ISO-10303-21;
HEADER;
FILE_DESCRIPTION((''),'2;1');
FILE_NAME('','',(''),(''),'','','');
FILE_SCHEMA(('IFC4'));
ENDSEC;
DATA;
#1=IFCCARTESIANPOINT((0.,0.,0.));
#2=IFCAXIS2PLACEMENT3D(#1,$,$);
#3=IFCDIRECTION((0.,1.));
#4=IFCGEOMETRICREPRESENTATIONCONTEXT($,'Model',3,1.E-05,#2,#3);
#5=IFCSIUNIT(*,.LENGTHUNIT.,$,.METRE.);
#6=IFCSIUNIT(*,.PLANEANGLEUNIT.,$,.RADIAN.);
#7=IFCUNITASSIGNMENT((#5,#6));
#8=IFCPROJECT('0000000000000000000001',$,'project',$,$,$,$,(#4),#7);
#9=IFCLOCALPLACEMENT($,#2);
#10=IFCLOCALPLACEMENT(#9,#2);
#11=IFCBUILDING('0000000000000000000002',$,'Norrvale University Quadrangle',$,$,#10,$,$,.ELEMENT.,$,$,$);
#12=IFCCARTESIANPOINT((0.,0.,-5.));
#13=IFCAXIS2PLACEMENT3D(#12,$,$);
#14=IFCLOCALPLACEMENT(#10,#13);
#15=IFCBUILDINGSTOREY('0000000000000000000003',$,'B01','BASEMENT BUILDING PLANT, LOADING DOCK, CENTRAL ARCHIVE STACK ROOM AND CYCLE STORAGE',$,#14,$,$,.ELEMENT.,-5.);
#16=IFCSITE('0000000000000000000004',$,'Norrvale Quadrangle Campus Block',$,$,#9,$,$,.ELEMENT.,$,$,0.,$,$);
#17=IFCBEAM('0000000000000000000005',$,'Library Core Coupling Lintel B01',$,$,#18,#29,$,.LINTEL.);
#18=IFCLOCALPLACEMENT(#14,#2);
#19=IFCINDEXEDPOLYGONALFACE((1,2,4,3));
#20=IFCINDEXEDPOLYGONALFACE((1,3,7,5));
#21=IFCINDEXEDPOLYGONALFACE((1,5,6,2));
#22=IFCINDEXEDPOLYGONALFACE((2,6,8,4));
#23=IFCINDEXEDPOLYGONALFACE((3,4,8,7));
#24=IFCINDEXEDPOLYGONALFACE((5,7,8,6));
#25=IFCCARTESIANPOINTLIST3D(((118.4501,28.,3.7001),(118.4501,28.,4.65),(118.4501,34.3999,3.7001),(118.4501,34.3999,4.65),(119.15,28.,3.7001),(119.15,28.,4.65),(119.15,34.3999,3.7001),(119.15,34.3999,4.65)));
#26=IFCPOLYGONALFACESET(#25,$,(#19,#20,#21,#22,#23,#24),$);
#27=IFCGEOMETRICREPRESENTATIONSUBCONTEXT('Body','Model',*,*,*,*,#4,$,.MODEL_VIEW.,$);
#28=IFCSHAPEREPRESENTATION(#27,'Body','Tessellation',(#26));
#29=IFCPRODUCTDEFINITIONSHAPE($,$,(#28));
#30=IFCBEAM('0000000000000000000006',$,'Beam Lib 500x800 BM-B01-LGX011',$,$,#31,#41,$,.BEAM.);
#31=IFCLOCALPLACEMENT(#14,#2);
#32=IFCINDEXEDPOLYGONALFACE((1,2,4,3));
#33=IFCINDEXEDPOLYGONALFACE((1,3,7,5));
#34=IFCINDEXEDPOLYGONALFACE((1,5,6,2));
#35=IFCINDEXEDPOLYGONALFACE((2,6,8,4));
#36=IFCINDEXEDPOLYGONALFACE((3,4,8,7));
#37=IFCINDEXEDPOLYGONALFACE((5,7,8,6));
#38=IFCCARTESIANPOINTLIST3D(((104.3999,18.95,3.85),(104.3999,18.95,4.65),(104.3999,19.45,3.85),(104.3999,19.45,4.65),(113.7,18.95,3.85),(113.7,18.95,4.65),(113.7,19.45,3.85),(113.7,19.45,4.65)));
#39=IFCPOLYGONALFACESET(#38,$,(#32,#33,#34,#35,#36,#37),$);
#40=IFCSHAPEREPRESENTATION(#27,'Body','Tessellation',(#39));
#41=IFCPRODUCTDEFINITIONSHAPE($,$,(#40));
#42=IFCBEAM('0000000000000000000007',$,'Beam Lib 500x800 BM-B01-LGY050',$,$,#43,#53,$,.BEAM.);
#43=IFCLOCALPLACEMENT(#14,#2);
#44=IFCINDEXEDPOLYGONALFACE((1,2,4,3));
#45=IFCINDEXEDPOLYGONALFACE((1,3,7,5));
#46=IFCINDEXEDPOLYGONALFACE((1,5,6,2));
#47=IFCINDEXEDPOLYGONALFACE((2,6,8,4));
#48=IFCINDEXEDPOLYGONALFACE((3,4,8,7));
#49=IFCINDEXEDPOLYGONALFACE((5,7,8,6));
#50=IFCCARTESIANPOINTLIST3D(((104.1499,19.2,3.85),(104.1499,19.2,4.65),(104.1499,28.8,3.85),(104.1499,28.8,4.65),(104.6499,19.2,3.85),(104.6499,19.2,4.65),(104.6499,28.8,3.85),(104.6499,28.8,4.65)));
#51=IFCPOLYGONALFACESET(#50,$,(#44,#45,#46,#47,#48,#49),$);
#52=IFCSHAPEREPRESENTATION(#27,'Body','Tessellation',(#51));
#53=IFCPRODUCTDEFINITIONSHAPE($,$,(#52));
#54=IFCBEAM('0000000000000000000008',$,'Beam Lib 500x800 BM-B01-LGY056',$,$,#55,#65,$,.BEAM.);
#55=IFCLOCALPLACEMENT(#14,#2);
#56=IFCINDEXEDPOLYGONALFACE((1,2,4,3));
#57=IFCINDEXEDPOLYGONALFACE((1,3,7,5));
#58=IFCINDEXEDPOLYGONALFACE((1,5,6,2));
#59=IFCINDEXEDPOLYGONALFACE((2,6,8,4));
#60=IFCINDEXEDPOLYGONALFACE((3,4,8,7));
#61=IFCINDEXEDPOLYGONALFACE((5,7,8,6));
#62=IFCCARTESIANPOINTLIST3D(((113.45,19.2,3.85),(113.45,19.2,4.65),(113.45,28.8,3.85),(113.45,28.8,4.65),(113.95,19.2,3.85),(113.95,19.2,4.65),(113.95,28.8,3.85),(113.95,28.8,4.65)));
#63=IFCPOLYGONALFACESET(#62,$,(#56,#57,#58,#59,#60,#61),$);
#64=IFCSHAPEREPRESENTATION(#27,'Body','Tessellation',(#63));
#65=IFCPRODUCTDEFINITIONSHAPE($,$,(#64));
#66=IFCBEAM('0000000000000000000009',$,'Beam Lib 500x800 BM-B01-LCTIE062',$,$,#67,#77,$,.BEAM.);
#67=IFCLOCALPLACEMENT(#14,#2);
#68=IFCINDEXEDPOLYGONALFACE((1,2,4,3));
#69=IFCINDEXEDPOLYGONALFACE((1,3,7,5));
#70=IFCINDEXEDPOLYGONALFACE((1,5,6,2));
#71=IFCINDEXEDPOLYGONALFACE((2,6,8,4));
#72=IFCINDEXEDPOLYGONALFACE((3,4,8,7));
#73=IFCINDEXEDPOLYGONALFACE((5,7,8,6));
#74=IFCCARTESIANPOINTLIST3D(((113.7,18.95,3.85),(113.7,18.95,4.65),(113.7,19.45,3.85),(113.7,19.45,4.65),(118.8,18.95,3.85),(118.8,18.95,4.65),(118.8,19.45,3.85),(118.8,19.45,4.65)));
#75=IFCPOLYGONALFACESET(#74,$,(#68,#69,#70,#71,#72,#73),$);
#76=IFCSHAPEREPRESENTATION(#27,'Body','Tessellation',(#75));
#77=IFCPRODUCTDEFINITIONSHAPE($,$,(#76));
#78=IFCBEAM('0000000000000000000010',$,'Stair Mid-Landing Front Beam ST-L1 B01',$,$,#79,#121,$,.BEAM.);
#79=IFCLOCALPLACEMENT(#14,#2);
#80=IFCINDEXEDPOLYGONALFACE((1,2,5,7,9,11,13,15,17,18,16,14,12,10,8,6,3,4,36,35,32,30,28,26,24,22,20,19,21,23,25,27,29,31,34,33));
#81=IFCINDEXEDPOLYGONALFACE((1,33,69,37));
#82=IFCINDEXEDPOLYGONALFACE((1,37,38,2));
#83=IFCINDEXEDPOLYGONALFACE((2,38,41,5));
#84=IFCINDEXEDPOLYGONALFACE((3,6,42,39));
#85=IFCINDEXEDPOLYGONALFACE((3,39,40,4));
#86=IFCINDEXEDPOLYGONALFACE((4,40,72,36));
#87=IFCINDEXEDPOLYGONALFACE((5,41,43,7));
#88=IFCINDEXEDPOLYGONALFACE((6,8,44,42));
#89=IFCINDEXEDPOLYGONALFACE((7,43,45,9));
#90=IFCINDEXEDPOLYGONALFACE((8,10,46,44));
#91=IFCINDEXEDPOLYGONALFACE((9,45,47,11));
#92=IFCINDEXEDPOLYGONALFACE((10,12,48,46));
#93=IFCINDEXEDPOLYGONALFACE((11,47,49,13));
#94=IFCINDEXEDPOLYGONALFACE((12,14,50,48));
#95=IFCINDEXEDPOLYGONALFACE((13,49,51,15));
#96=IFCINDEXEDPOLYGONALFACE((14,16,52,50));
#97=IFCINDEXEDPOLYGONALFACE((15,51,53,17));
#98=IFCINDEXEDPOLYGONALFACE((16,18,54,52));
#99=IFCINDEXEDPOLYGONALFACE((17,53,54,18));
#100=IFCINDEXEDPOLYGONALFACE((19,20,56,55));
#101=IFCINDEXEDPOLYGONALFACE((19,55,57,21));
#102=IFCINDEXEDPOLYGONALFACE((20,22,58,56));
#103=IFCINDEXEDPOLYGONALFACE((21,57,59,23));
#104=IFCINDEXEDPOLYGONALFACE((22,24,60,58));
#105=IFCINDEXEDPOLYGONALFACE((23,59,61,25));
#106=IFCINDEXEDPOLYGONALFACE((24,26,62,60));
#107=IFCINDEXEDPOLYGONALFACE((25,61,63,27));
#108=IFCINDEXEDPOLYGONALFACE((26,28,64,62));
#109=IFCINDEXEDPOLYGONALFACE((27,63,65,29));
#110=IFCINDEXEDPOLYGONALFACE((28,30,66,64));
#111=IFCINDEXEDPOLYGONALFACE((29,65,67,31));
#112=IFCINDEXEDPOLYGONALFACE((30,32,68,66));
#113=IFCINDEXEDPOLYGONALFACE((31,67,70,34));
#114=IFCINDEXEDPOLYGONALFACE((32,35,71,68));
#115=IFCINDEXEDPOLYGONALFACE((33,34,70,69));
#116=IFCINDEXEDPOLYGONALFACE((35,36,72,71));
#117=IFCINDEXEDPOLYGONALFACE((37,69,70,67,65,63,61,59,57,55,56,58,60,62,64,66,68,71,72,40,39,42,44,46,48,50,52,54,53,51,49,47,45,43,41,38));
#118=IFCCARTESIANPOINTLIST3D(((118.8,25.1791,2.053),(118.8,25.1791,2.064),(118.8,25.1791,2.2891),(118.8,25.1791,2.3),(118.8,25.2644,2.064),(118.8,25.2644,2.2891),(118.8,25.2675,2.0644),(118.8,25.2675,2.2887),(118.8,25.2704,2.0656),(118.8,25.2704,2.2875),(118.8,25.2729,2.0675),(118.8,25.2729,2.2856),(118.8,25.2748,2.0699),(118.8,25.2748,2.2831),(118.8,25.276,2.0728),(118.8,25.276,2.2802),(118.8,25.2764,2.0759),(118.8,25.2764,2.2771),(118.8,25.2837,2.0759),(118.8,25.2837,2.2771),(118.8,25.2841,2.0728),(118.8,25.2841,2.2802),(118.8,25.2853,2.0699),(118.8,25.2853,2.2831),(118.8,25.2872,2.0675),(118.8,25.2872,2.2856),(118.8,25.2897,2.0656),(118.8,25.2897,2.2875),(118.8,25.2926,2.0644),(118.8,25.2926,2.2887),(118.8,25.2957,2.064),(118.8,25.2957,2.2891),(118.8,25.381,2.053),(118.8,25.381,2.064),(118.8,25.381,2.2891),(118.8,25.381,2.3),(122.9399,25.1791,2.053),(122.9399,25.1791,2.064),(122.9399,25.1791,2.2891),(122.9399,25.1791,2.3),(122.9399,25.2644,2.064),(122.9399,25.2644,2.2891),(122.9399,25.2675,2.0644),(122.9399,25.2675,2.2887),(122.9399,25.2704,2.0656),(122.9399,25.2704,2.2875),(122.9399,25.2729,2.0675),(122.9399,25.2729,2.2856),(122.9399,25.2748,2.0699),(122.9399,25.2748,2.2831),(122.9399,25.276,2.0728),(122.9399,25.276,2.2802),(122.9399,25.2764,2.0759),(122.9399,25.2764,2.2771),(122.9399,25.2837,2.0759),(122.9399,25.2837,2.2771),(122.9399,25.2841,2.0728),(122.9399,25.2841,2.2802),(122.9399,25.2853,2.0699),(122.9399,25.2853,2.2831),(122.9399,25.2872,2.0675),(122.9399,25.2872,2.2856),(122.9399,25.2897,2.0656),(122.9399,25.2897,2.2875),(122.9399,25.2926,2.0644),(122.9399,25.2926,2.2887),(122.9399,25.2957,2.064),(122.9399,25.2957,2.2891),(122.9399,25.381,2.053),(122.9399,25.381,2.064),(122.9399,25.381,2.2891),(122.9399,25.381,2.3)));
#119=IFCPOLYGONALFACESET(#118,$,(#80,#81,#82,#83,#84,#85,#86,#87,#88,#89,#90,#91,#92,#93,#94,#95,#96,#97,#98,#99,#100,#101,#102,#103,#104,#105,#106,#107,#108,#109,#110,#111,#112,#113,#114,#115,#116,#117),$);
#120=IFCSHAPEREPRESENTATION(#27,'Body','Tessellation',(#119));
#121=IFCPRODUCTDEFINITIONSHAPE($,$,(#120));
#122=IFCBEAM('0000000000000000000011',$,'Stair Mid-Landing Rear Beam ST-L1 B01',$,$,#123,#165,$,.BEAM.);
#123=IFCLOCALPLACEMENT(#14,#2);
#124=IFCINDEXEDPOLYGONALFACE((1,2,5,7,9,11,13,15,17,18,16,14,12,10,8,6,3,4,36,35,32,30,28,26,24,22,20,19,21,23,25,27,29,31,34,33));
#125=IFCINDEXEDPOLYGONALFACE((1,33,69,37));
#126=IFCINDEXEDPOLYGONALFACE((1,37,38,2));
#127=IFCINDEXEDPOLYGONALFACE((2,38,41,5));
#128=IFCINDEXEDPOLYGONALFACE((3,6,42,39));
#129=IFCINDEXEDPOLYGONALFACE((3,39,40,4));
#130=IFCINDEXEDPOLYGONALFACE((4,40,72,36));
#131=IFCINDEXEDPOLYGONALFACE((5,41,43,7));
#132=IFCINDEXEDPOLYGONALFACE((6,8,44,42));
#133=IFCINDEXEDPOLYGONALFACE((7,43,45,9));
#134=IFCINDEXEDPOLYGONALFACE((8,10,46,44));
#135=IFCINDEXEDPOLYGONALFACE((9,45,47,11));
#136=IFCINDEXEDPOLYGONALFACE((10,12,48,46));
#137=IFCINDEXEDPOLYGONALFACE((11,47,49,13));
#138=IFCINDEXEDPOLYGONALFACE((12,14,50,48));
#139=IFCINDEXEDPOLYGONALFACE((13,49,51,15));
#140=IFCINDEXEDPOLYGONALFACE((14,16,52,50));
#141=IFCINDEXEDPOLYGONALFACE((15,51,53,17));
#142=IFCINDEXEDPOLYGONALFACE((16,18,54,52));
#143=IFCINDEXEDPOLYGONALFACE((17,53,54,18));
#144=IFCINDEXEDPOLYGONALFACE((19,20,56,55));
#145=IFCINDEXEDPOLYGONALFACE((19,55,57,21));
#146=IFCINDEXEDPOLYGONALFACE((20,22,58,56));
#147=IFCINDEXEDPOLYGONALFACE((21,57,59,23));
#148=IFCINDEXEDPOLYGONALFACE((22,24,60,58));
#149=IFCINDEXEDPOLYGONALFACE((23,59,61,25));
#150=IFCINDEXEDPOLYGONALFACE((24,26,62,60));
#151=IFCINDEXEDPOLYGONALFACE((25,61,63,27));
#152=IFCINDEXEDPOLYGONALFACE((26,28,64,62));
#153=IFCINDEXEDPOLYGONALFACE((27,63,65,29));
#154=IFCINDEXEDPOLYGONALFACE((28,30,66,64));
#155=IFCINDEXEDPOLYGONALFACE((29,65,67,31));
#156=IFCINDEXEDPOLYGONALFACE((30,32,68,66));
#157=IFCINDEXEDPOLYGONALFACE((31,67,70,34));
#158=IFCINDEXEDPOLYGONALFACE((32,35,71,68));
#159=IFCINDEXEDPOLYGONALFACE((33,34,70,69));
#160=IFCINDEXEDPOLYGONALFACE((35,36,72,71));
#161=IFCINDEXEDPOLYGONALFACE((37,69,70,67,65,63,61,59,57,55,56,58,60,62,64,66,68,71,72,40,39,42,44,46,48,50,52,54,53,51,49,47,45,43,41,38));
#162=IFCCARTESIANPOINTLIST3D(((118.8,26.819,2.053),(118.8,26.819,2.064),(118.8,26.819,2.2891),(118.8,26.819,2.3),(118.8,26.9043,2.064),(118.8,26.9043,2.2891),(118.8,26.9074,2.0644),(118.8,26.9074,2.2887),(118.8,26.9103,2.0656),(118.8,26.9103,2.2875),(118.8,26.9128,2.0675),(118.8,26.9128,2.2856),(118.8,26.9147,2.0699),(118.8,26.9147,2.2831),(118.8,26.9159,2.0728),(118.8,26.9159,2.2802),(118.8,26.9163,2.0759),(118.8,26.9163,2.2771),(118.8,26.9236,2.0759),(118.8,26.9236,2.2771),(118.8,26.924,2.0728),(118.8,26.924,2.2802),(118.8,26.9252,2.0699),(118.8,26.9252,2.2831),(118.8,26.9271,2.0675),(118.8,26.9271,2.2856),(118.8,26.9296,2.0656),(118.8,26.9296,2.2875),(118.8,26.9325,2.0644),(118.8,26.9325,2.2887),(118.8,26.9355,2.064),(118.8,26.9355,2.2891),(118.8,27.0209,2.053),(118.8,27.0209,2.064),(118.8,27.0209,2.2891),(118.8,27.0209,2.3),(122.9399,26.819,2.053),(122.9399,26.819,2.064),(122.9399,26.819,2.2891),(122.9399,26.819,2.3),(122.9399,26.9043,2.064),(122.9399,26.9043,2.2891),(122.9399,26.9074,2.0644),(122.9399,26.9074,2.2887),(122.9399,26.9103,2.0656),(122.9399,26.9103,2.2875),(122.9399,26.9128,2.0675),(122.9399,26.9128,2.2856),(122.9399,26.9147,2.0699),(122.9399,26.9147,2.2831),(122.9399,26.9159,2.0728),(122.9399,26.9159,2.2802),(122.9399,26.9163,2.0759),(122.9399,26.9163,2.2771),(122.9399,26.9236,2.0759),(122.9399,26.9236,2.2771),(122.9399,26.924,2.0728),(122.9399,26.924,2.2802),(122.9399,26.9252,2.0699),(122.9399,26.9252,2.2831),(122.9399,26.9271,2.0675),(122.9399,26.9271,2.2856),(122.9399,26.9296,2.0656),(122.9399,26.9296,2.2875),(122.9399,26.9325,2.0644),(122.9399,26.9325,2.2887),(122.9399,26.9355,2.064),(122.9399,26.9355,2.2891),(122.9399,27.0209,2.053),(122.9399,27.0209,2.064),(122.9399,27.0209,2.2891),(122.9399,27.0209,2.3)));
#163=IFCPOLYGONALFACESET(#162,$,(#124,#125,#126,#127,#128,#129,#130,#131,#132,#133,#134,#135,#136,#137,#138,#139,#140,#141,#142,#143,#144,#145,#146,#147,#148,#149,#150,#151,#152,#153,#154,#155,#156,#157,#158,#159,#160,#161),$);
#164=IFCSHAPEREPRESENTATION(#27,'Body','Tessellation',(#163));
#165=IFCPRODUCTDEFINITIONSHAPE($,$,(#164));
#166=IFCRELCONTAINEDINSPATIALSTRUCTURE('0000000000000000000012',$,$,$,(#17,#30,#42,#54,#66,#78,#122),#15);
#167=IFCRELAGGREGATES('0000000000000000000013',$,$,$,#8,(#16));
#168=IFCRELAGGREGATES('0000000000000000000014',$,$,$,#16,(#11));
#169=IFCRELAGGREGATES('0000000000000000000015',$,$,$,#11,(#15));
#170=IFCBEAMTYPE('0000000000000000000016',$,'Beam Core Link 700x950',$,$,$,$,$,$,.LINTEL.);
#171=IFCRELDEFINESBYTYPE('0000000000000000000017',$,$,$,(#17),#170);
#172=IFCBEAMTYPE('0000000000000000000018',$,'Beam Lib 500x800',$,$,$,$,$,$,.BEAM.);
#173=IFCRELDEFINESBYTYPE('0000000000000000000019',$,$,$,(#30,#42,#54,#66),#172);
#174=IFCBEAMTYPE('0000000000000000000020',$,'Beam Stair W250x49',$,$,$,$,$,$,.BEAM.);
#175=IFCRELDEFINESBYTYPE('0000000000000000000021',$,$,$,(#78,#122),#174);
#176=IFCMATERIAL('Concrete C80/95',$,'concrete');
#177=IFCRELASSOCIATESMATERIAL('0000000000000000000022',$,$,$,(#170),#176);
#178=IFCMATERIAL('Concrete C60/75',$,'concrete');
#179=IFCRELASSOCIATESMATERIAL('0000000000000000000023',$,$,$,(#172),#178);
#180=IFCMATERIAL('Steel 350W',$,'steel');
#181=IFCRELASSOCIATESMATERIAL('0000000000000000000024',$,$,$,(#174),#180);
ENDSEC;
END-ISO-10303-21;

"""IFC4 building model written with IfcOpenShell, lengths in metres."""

from ifc_helpers import new_model, si_unit, direction, frame, origin, origin_2d, place, context, subcontext, project, spatial, rectangle, i_section, extrude, material, material_profile, profile_set, type_object, element, save


model = new_model("IFC4")

# Units and contexts
model_context = context("Model", 3, precision=1e-05, world=origin(), true_north=direction((0.0, 1.0)))
body_context = subcontext(model_context, "Body", "Model", "MODEL_VIEW")
ifc_project = project(units=[si_unit("LENGTHUNIT", "METRE"), si_unit("PLANEANGLEUNIT", "RADIAN")], contexts=[model_context])

# Site, building, storey
site_placement = place(None, origin())
site = spatial("IfcSite", under=ifc_project, at=site_placement, Name="Norrvale Quadrangle Campus Block", CompositionType="ELEMENT", RefElevation=0.0)
building_placement = place(site_placement, origin())
building = spatial("IfcBuilding", under=site, at=building_placement, Name="Norrvale University Quadrangle", CompositionType="ELEMENT")
storey_placement = place(building_placement, frame((0.0, 0.0, -5.0)))
storey = spatial("IfcBuildingStorey", under=building, at=storey_placement, Name="B01", Description="BASEMENT BUILDING PLANT, LOADING DOCK, CENTRAL ARCHIVE STACK ROOM AND CYCLE STORAGE", CompositionType="ELEMENT", Elevation=-5.0)

# Shared definitions
ifc_material_1 = material(Name="Concrete C60/75", Category="concrete")

# Beams
ifc_material_2 = material(Name="Concrete C80/95", Category="concrete")
ifc_material_profile_1 = material_profile(ifc_material_2, rectangle(XDim=0.7, YDim=0.95, at=origin_2d()), Name="Concrete C80/95")
ifc_profile_set_1 = profile_set([ifc_material_profile_1], Name="Concrete C80/95")
beam_type_1 = type_object("IfcBeamType", Name="Beam Core Link 700x950", PredefinedType="LINTEL", material=ifc_profile_set_1)
beam_1_placement = place(storey_placement, frame((118.8, 28.0, 4.175), z_axis=(0.0, 1.0, 0.0), x_axis=(-1.0, 0.0, 0.0)))
element("IfcBeam", 1, at=beam_1_placement, inside=storey, type_object=beam_type_1, Name="Library Core Coupling Lintel B01", PredefinedType="LINTEL", context=body_context, shape_type="SweptSolid", body=[
    extrude(rectangle(XDim=0.7, YDim=0.95, at=origin_2d()), origin(), (0.0, 0.0, 1.0), 6.3999),
])
ifc_material_profile_2 = material_profile(ifc_material_1, rectangle(XDim=0.5, YDim=0.8, at=origin_2d()), Name="Concrete C60/75")
ifc_profile_set_2 = profile_set([ifc_material_profile_2], Name="Concrete C60/75")
beam_type_2 = type_object("IfcBeamType", Name="Beam Lib 500x800", PredefinedType="BEAM", material=ifc_profile_set_2)
beam_2_placement = place(storey_placement, frame((104.3999, 19.2, 4.25), z_axis=(1.0, 0.0, 0.0), x_axis=(0.0, 1.0, 0.0)))
element("IfcBeam", 2, at=beam_2_placement, inside=storey, type_object=beam_type_2, Name="Beam Lib 500x800 BM-B01-LGX011", PredefinedType="BEAM", context=body_context, shape_type="SweptSolid", body=[
    extrude(rectangle(XDim=0.5, YDim=0.8, at=origin_2d()), origin(), (0.0, 0.0, 1.0), 9.3),
])
for number, where, z_axis, x_axis, name in (
    (3, (104.3999, 19.2, 4.25), (0.0, 1.0, 0.0), (-1.0, 0.0, 0.0), "Beam Lib 500x800 BM-B01-LGY050"),
    (4, (113.7, 19.2, 4.25), (0.0, 1.0, 0.0), (-1.0, 0.0, 0.0), "Beam Lib 500x800 BM-B01-LGY056"),
):
    element("IfcBeam", number, at=place(storey_placement, frame(where, z_axis=z_axis, x_axis=x_axis)), inside=storey, type_object=beam_type_2, Name=name, PredefinedType="BEAM", context=body_context, shape_type="SweptSolid", body=[
        extrude(rectangle(XDim=0.5, YDim=0.8, at=origin_2d()), origin(), (0.0, 0.0, 1.0), 9.6001),
    ])
beam_3_placement = place(storey_placement, frame((113.7, 19.2, 4.25), z_axis=(1.0, 0.0, 0.0), x_axis=(0.0, 1.0, 0.0)))
element("IfcBeam", 5, at=beam_3_placement, inside=storey, type_object=beam_type_2, Name="Beam Lib 500x800 BM-B01-LCTIE062", PredefinedType="BEAM", context=body_context, shape_type="SweptSolid", body=[
    extrude(rectangle(XDim=0.5, YDim=0.8, at=origin_2d()), origin(), (0.0, 0.0, 1.0), 5.1001),
])
ifc_material_3 = material(Name="Steel 350W", Category="steel")
ifc_material_profile_3 = material_profile(ifc_material_3, i_section(OverallWidth=0.2019, OverallDepth=0.2471, WebThickness=0.0073, FlangeThickness=0.011, FilletRadius=0.012, at=origin_2d()), Name="Steel 350W")
ifc_profile_set_3 = profile_set([ifc_material_profile_3], Name="Steel 350W")
beam_type_3 = type_object("IfcBeamType", Name="Beam Stair W250x49", PredefinedType="BEAM", material=ifc_profile_set_3)
for number, where, z_axis, x_axis, name in (
    (6, (118.8, 25.28, 2.1765), (1.0, 0.0, 0.0), (0.0, 1.0, 0.0), "Stair Mid-Landing Front Beam ST-L1 B01"),
    (7, (118.8, 26.9199, 2.1765), (1.0, 0.0, 0.0), (0.0, 1.0, 0.0), "Stair Mid-Landing Rear Beam ST-L1 B01"),
):
    element("IfcBeam", number, at=place(storey_placement, frame(where, z_axis=z_axis, x_axis=x_axis)), inside=storey, type_object=beam_type_3, Name=name, PredefinedType="BEAM", context=body_context, shape_type="SweptSolid", body=[
        extrude(i_section(OverallWidth=0.2019, OverallDepth=0.2471, WebThickness=0.0073, FlangeThickness=0.011, FilletRadius=0.012, at=origin_2d()), origin(), (0.0, 0.0, 1.0), 4.1399),
    ])

save(model, "model.ifc")
